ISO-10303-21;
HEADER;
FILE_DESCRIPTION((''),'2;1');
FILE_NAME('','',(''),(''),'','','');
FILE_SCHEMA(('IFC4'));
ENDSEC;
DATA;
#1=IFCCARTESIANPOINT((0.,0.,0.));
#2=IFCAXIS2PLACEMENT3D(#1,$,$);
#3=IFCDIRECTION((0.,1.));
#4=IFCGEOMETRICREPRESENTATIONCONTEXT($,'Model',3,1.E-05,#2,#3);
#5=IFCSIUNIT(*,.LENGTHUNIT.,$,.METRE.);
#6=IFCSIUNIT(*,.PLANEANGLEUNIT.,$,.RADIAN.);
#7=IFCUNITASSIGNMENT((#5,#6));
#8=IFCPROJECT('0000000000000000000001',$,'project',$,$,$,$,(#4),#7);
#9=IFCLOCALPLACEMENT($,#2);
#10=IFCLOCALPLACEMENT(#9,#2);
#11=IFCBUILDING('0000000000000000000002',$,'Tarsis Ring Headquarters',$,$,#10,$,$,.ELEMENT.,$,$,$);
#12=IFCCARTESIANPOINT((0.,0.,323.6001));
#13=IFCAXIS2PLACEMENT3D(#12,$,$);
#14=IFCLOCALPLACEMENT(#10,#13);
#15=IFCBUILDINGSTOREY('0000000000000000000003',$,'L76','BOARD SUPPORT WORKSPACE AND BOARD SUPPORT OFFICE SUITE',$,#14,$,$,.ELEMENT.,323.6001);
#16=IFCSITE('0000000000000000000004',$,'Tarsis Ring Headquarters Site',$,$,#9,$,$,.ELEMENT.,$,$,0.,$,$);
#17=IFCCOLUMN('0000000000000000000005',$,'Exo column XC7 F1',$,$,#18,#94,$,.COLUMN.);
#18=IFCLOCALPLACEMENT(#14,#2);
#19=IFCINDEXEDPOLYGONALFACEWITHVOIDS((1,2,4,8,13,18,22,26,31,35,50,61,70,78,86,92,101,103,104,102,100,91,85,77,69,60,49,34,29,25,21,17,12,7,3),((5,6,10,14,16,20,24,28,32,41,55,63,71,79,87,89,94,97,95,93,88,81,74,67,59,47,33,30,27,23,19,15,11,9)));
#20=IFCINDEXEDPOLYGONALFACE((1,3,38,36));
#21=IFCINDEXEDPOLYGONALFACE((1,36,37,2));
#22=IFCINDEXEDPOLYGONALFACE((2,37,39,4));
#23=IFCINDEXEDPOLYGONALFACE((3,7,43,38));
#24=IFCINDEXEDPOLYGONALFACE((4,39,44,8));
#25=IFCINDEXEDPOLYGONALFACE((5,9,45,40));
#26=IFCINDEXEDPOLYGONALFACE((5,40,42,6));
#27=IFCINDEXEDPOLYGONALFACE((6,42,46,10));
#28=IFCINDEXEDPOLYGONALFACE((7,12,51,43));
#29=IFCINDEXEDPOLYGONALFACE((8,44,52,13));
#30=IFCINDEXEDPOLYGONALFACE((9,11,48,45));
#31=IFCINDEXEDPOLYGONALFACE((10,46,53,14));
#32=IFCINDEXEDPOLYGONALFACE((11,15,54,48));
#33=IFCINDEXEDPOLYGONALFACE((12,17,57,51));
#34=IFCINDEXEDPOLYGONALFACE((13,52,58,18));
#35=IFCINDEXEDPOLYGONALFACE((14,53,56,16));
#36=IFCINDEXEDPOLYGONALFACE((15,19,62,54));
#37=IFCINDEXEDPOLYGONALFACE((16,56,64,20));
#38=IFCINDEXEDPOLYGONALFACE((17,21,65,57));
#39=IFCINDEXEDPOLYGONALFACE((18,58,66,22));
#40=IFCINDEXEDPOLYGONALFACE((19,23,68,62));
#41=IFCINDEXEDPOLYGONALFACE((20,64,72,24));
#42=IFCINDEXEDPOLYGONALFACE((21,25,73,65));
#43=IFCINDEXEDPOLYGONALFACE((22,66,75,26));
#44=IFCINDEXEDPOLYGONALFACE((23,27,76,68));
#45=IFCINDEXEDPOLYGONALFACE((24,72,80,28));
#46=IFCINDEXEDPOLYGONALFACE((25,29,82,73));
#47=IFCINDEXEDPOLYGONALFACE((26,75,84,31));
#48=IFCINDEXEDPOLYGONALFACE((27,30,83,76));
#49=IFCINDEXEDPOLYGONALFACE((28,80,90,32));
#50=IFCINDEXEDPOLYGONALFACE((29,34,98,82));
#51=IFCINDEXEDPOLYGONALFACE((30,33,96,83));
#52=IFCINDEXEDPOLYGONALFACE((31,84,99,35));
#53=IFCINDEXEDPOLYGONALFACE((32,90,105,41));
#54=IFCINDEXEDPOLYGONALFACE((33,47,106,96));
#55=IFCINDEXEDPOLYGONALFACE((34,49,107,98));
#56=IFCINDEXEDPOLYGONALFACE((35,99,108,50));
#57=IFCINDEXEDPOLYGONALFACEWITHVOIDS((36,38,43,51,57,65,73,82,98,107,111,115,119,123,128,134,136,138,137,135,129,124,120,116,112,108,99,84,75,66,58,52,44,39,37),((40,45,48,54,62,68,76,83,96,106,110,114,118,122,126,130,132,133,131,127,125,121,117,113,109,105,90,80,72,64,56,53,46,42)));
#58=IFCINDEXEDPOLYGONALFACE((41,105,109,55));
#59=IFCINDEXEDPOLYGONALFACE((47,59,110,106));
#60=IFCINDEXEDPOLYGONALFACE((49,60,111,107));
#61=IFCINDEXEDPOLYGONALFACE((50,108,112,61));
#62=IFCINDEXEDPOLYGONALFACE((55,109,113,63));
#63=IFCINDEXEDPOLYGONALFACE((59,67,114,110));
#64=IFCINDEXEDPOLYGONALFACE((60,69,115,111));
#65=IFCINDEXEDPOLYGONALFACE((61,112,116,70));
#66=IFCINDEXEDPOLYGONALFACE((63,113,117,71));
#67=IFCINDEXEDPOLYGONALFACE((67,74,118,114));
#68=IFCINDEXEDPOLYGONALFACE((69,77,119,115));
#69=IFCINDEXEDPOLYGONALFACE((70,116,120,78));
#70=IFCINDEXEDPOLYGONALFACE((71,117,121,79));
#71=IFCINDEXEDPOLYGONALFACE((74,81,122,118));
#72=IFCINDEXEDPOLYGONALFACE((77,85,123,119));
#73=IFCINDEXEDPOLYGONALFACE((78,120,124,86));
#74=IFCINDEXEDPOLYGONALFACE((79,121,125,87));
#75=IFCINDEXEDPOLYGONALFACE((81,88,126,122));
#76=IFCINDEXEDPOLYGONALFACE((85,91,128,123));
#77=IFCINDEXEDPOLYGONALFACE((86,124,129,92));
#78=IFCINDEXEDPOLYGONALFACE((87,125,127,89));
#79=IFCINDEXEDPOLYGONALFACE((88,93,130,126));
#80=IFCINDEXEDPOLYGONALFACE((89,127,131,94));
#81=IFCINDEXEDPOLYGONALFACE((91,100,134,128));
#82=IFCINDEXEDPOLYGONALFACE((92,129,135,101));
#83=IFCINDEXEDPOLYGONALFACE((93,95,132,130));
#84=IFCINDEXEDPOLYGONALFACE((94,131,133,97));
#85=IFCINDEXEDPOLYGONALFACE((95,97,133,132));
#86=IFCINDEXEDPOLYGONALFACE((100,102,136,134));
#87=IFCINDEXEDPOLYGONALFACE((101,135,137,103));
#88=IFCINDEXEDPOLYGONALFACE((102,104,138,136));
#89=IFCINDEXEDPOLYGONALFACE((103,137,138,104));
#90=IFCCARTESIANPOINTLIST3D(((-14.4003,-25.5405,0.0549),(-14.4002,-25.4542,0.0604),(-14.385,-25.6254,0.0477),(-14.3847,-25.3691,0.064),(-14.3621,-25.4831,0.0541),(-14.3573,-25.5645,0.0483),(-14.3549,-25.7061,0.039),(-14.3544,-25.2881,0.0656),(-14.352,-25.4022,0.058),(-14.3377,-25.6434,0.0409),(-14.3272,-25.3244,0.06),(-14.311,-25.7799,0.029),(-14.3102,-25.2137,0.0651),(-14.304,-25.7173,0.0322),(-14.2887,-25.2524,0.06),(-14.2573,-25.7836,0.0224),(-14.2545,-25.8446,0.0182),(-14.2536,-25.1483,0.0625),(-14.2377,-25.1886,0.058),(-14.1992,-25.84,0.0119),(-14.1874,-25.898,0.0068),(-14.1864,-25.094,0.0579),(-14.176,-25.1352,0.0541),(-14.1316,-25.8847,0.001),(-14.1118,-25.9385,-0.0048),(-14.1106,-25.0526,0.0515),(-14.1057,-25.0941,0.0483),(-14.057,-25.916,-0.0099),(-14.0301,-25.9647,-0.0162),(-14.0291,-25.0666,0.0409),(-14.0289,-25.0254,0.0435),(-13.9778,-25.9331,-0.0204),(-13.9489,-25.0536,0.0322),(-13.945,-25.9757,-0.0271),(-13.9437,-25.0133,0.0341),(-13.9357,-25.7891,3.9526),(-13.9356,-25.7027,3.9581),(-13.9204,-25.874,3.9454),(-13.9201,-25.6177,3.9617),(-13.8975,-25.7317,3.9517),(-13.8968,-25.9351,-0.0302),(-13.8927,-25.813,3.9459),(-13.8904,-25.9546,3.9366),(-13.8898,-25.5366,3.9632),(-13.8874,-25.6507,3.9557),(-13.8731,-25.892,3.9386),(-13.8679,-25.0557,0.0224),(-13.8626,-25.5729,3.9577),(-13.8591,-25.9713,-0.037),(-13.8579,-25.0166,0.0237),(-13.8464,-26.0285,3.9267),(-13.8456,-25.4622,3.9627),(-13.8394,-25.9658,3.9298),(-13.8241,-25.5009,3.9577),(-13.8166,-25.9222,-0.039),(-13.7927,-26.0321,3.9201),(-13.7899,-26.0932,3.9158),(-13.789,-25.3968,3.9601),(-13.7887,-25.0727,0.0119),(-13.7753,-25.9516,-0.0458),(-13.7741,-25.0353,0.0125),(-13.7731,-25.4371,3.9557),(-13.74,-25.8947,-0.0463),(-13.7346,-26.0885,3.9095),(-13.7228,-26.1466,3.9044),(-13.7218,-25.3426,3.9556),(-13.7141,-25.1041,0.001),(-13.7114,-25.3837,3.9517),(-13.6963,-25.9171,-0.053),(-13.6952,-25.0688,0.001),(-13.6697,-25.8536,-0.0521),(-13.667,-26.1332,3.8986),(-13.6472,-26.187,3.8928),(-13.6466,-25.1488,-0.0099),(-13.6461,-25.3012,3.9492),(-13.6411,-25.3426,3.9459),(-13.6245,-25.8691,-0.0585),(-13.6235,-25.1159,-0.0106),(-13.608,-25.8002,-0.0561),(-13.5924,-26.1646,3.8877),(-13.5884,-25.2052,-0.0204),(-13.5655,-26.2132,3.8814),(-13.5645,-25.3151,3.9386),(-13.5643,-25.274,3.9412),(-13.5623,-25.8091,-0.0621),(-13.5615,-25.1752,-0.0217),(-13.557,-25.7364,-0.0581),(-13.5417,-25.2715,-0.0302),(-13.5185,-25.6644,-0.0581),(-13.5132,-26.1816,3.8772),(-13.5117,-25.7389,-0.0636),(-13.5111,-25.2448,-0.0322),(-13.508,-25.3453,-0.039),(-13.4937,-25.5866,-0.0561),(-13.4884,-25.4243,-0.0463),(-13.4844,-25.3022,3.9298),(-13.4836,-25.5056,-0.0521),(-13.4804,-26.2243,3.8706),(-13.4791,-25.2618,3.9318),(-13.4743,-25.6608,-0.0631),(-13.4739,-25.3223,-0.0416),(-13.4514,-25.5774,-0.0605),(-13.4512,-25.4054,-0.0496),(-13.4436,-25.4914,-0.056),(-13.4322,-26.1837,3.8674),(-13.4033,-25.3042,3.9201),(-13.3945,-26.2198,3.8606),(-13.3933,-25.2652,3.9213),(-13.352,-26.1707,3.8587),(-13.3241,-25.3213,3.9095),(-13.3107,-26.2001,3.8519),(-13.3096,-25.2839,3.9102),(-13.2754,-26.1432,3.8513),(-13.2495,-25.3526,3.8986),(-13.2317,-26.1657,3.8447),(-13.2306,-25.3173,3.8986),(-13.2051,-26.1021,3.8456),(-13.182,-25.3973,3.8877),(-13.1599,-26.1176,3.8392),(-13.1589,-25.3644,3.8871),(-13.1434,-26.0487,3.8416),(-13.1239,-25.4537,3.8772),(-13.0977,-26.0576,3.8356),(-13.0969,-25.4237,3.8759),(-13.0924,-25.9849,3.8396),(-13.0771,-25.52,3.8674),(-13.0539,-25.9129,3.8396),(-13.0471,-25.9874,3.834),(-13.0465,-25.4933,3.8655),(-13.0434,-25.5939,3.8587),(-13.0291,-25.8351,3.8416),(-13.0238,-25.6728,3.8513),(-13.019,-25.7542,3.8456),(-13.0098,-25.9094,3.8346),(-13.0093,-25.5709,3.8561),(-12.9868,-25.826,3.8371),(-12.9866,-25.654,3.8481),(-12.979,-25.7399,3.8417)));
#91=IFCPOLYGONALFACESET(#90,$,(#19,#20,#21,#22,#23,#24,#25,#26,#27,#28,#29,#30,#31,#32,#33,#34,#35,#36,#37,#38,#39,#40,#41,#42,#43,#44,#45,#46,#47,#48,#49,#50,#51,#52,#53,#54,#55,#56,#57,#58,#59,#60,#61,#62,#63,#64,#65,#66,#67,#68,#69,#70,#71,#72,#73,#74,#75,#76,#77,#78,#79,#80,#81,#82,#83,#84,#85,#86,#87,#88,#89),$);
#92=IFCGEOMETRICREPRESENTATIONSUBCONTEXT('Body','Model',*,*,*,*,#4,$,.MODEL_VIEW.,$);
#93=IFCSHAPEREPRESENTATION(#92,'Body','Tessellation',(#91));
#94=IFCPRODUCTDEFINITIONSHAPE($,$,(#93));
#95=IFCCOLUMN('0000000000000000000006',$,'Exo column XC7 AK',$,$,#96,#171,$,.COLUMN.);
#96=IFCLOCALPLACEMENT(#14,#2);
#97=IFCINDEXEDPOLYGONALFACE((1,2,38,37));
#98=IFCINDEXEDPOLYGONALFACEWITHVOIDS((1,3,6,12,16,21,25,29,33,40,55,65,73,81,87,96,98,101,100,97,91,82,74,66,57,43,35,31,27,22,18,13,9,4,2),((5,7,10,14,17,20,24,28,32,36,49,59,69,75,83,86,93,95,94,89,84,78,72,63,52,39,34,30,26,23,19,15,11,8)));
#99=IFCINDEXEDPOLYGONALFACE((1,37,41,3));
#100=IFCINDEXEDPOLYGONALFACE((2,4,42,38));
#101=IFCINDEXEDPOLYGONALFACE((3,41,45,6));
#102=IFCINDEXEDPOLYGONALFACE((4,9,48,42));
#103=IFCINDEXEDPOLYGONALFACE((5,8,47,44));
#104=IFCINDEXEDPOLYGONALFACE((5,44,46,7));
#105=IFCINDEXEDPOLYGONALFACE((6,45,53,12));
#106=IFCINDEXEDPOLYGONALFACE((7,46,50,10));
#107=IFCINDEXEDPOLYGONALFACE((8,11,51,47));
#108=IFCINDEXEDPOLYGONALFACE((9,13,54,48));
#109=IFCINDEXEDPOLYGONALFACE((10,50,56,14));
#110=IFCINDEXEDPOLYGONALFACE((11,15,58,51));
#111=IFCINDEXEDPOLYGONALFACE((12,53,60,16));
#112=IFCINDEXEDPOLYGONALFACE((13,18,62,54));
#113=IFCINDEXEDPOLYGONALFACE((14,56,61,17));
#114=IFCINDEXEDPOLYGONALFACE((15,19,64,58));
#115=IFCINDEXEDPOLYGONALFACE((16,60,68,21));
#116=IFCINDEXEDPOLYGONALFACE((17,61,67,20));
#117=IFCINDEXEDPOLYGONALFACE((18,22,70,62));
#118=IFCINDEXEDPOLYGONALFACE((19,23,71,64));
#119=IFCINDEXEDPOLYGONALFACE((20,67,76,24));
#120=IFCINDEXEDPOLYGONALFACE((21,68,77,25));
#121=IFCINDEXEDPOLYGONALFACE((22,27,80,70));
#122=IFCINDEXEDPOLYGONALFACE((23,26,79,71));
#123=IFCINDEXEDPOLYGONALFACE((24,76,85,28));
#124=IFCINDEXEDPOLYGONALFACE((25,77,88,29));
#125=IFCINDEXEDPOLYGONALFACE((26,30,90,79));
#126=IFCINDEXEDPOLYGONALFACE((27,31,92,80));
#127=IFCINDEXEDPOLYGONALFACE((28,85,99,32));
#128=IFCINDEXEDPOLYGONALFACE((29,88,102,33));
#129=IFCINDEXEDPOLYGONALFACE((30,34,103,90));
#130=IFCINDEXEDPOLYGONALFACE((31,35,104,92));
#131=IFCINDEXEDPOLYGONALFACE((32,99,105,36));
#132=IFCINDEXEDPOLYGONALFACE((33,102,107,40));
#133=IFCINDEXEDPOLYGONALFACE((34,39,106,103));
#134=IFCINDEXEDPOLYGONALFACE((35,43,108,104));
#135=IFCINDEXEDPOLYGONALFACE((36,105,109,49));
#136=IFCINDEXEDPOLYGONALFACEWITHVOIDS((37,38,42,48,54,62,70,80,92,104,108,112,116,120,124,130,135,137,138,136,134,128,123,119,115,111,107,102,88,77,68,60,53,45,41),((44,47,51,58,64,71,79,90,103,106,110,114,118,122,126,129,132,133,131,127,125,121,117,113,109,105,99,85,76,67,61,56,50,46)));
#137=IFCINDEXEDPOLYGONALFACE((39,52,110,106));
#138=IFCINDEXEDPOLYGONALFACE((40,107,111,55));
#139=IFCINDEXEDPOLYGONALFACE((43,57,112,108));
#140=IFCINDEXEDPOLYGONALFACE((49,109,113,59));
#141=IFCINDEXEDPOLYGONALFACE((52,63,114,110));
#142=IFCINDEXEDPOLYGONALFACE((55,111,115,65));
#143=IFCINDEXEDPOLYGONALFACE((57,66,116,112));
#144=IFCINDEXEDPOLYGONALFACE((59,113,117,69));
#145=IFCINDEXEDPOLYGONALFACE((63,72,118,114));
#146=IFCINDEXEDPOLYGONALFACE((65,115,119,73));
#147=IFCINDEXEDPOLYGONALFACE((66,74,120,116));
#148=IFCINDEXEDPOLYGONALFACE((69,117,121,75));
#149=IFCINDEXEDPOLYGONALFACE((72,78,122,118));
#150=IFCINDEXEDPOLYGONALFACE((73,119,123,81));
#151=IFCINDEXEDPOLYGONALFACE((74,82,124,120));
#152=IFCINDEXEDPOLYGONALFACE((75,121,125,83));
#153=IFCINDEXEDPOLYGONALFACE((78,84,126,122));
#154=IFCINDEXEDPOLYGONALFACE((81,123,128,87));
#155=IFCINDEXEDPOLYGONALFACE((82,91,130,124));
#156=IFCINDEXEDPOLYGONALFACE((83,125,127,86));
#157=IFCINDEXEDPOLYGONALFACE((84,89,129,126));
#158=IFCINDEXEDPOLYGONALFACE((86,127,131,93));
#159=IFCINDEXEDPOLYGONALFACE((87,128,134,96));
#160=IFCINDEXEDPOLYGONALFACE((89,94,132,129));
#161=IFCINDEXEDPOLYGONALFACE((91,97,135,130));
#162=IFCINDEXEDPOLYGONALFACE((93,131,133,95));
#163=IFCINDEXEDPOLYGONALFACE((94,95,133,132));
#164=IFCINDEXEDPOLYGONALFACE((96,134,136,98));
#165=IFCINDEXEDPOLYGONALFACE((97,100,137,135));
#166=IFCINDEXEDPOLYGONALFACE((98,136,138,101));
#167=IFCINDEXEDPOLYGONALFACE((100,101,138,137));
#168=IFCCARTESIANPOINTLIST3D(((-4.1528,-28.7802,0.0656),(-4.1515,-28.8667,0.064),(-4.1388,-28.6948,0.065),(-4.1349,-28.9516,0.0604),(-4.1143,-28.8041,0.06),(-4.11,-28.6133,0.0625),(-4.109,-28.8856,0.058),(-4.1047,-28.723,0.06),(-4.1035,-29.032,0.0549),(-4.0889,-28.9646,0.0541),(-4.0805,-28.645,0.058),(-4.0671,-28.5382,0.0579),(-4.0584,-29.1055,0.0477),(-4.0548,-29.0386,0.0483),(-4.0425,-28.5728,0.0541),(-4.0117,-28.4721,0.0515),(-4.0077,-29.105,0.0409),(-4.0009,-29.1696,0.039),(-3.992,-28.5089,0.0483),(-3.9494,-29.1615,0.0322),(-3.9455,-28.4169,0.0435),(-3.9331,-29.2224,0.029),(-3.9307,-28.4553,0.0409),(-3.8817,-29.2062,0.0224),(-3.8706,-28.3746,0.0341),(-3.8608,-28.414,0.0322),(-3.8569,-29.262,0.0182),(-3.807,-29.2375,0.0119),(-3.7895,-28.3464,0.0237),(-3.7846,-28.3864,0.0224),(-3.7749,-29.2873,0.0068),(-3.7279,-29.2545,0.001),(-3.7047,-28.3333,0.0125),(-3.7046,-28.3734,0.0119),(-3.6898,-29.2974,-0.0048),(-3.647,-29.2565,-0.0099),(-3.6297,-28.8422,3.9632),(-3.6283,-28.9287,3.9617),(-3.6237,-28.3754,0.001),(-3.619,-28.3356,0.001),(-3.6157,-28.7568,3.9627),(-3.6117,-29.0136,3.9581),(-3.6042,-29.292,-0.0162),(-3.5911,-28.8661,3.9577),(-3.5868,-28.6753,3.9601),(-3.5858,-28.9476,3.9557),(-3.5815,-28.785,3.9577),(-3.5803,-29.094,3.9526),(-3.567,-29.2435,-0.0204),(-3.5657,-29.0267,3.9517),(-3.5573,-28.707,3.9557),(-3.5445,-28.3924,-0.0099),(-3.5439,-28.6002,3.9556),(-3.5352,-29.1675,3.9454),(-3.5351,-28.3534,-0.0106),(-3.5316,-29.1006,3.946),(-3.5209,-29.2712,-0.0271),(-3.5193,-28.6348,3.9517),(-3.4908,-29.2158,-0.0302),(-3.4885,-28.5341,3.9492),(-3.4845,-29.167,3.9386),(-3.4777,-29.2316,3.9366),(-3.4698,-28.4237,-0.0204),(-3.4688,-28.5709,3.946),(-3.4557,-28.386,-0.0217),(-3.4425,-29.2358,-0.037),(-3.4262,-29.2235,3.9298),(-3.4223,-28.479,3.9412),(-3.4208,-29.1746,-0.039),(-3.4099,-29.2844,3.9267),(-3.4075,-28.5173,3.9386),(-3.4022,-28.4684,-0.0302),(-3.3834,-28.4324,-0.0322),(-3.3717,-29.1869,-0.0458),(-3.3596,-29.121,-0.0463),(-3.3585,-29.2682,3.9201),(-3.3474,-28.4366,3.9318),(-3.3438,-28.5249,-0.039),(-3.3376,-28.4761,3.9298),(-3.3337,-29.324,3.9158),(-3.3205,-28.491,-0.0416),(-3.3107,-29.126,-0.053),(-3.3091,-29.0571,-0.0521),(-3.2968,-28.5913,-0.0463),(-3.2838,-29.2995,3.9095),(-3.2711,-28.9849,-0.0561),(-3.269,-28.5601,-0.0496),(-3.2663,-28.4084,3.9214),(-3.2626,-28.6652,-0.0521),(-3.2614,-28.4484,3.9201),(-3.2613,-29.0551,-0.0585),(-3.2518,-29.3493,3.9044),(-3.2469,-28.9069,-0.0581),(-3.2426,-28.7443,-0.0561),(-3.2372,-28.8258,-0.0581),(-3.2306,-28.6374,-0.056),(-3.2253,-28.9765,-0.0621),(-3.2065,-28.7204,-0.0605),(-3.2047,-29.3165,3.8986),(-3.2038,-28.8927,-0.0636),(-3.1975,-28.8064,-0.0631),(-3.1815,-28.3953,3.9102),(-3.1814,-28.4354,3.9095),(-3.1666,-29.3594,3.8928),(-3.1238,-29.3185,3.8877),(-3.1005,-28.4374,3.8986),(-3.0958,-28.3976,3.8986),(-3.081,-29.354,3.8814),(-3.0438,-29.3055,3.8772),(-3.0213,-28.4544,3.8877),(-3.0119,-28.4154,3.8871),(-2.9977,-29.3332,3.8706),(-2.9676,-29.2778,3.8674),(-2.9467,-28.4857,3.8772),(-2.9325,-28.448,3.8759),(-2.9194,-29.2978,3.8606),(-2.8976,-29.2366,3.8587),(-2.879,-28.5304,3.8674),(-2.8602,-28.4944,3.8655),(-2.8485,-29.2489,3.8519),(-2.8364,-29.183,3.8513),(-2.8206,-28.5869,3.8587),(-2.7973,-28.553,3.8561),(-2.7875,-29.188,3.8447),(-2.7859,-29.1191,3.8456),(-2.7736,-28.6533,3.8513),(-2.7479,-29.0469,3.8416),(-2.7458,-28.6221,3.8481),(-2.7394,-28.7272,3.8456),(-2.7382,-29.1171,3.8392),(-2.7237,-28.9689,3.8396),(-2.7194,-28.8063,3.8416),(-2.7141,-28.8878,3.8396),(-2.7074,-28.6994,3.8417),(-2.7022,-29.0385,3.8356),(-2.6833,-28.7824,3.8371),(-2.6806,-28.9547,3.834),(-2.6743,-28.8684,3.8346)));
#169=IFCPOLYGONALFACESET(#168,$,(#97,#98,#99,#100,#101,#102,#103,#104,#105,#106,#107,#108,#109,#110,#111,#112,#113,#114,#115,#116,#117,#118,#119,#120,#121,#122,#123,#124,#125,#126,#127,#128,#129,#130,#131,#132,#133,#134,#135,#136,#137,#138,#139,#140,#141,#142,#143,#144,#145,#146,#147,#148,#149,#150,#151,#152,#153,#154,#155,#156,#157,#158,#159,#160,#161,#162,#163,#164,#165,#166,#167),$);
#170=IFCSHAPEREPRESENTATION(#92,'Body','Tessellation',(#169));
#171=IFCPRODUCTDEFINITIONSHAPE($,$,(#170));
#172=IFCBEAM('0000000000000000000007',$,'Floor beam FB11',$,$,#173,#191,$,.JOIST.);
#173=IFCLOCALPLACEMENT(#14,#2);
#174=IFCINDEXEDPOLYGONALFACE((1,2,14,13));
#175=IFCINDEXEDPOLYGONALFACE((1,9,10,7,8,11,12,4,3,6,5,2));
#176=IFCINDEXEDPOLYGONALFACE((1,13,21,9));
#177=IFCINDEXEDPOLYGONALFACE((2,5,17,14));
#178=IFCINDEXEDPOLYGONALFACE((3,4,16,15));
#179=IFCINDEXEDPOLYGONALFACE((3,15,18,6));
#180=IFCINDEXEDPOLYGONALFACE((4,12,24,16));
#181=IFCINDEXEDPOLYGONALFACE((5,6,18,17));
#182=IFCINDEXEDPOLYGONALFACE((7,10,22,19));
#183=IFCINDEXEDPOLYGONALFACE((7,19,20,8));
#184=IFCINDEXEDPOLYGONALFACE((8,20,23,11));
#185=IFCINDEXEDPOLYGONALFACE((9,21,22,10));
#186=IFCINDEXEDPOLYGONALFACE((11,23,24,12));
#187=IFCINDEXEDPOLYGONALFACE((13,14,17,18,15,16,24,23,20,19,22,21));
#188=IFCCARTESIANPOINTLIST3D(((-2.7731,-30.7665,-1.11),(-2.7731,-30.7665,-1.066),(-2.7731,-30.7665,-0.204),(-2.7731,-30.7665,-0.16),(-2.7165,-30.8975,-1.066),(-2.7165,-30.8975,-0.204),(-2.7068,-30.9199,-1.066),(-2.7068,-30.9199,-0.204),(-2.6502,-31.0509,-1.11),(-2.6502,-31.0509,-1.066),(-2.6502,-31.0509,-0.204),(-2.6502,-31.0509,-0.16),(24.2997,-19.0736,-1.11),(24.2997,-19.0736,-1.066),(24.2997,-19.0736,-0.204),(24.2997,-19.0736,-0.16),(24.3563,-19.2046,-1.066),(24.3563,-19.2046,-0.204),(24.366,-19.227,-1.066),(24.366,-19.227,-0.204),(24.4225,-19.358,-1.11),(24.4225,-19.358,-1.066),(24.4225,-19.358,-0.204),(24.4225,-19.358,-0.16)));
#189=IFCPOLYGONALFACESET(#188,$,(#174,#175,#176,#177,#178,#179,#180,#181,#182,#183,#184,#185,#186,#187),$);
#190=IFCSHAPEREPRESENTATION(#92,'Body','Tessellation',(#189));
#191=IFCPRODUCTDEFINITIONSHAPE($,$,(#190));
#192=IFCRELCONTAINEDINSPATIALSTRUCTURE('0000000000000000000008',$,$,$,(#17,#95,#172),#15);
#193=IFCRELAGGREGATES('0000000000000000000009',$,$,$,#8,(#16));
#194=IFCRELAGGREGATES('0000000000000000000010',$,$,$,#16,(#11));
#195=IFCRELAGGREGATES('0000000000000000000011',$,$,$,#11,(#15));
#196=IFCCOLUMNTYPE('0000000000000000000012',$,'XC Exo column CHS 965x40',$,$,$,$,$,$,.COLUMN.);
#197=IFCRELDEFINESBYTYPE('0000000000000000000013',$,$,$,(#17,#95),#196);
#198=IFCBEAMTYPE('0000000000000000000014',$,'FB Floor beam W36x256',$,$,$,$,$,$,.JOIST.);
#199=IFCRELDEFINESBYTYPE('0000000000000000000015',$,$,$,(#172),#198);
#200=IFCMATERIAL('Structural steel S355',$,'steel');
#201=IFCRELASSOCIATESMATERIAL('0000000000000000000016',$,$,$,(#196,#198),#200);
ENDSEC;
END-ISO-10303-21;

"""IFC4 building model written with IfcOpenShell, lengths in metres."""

from ifc_helpers import new_model, si_unit, direction, frame, origin, origin_2d, place, context, subcontext, project, spatial, hollow_circle, i_section, extrude, material, material_profile, profile_set, type_object, element, save


model = new_model("IFC4")

# Units and contexts
model_context = context("Model", 3, precision=1e-05, world=origin(), true_north=direction((0.0, 1.0)))
body_context = subcontext(model_context, "Body", "Model", "MODEL_VIEW")
ifc_project = project(units=[si_unit("LENGTHUNIT", "METRE"), si_unit("PLANEANGLEUNIT", "RADIAN")], contexts=[model_context])

# Site, building, storey
site_placement = place(None, origin())
site = spatial("IfcSite", under=ifc_project, at=site_placement, Name="Tarsis Ring Headquarters Site", CompositionType="ELEMENT", RefElevation=0.0)
building_placement = place(site_placement, origin())
building = spatial("IfcBuilding", under=site, at=building_placement, Name="Tarsis Ring Headquarters", CompositionType="ELEMENT")
storey_placement = place(building_placement, frame((0.0, 0.0, 323.6001)))
storey = spatial("IfcBuildingStorey", under=building, at=storey_placement, Name="L76", Description="BOARD SUPPORT WORKSPACE AND BOARD SUPPORT OFFICE SUITE", CompositionType="ELEMENT", Elevation=323.6001)

# Columns
ifc_material_1 = material(Name="Structural steel S355", Category="steel")
ifc_material_profile_1 = material_profile(ifc_material_1, hollow_circle(Radius=0.4827, WallThickness=0.04, at=origin_2d()), Name="CHS 965x40")
ifc_profile_set_1 = profile_set([ifc_material_profile_1], Name="Structural steel S355")
column_type = type_object("IfcColumnType", Name="XC Exo column CHS 965x40", PredefinedType="COLUMN", material=ifc_profile_set_1)
for number, where, z_axis, x_axis, name in (
    (1, (-13.9229, -25.4944, 0.001), (0.118124, -0.06319, 0.990986), (0.471694, 0.881762, 0.0), "Exo column XC7 F1"),
    (2, (-3.6758, -28.8149, 0.001), (0.133021, -0.015766, 0.990988), (0.117702, 0.993049, 0.0), "Exo column XC7 AK"),
):
    element("IfcColumn", number, at=place(storey_placement, frame(where, z_axis=z_axis, x_axis=x_axis)), inside=storey, type_object=column_type, Name=name, PredefinedType="COLUMN", context=body_context, shape_type="SweptSolid", body=[
        extrude(hollow_circle(Radius=0.4827, WallThickness=0.04, at=origin_2d()), origin(), (0.0, 0.0, 1.0), 3.9331),
    ])

# Beam
ifc_material_profile_2 = material_profile(ifc_material_1, i_section(OverallWidth=0.3098, OverallDepth=0.95, WebThickness=0.0244, FlangeThickness=0.0439, at=origin_2d()), Name="W36x256")
ifc_profile_set_2 = profile_set([ifc_material_profile_2], Name="Structural steel S355")
beam_type_1 = type_object("IfcBeamType", Name="FB Floor beam W36x256", PredefinedType="JOIST", material=ifc_profile_set_2)
beam_1_placement = place(storey_placement, frame((-2.7117, -30.9087, -0.635), z_axis=(0.918033, 0.396504, 0.0), x_axis=(-0.396504, 0.918033, 0.0)))
element("IfcBeam", 3, at=beam_1_placement, inside=storey, type_object=beam_type_1, Name="Floor beam FB11", PredefinedType="JOIST", context=body_context, shape_type="SweptSolid", body=[
    extrude(i_section(OverallWidth=0.3098, OverallDepth=0.95, WebThickness=0.0244, FlangeThickness=0.0439, at=origin_2d()), origin(), (0.0, 0.0, 1.0), 29.49),
])

save(model, "model.ifc")
